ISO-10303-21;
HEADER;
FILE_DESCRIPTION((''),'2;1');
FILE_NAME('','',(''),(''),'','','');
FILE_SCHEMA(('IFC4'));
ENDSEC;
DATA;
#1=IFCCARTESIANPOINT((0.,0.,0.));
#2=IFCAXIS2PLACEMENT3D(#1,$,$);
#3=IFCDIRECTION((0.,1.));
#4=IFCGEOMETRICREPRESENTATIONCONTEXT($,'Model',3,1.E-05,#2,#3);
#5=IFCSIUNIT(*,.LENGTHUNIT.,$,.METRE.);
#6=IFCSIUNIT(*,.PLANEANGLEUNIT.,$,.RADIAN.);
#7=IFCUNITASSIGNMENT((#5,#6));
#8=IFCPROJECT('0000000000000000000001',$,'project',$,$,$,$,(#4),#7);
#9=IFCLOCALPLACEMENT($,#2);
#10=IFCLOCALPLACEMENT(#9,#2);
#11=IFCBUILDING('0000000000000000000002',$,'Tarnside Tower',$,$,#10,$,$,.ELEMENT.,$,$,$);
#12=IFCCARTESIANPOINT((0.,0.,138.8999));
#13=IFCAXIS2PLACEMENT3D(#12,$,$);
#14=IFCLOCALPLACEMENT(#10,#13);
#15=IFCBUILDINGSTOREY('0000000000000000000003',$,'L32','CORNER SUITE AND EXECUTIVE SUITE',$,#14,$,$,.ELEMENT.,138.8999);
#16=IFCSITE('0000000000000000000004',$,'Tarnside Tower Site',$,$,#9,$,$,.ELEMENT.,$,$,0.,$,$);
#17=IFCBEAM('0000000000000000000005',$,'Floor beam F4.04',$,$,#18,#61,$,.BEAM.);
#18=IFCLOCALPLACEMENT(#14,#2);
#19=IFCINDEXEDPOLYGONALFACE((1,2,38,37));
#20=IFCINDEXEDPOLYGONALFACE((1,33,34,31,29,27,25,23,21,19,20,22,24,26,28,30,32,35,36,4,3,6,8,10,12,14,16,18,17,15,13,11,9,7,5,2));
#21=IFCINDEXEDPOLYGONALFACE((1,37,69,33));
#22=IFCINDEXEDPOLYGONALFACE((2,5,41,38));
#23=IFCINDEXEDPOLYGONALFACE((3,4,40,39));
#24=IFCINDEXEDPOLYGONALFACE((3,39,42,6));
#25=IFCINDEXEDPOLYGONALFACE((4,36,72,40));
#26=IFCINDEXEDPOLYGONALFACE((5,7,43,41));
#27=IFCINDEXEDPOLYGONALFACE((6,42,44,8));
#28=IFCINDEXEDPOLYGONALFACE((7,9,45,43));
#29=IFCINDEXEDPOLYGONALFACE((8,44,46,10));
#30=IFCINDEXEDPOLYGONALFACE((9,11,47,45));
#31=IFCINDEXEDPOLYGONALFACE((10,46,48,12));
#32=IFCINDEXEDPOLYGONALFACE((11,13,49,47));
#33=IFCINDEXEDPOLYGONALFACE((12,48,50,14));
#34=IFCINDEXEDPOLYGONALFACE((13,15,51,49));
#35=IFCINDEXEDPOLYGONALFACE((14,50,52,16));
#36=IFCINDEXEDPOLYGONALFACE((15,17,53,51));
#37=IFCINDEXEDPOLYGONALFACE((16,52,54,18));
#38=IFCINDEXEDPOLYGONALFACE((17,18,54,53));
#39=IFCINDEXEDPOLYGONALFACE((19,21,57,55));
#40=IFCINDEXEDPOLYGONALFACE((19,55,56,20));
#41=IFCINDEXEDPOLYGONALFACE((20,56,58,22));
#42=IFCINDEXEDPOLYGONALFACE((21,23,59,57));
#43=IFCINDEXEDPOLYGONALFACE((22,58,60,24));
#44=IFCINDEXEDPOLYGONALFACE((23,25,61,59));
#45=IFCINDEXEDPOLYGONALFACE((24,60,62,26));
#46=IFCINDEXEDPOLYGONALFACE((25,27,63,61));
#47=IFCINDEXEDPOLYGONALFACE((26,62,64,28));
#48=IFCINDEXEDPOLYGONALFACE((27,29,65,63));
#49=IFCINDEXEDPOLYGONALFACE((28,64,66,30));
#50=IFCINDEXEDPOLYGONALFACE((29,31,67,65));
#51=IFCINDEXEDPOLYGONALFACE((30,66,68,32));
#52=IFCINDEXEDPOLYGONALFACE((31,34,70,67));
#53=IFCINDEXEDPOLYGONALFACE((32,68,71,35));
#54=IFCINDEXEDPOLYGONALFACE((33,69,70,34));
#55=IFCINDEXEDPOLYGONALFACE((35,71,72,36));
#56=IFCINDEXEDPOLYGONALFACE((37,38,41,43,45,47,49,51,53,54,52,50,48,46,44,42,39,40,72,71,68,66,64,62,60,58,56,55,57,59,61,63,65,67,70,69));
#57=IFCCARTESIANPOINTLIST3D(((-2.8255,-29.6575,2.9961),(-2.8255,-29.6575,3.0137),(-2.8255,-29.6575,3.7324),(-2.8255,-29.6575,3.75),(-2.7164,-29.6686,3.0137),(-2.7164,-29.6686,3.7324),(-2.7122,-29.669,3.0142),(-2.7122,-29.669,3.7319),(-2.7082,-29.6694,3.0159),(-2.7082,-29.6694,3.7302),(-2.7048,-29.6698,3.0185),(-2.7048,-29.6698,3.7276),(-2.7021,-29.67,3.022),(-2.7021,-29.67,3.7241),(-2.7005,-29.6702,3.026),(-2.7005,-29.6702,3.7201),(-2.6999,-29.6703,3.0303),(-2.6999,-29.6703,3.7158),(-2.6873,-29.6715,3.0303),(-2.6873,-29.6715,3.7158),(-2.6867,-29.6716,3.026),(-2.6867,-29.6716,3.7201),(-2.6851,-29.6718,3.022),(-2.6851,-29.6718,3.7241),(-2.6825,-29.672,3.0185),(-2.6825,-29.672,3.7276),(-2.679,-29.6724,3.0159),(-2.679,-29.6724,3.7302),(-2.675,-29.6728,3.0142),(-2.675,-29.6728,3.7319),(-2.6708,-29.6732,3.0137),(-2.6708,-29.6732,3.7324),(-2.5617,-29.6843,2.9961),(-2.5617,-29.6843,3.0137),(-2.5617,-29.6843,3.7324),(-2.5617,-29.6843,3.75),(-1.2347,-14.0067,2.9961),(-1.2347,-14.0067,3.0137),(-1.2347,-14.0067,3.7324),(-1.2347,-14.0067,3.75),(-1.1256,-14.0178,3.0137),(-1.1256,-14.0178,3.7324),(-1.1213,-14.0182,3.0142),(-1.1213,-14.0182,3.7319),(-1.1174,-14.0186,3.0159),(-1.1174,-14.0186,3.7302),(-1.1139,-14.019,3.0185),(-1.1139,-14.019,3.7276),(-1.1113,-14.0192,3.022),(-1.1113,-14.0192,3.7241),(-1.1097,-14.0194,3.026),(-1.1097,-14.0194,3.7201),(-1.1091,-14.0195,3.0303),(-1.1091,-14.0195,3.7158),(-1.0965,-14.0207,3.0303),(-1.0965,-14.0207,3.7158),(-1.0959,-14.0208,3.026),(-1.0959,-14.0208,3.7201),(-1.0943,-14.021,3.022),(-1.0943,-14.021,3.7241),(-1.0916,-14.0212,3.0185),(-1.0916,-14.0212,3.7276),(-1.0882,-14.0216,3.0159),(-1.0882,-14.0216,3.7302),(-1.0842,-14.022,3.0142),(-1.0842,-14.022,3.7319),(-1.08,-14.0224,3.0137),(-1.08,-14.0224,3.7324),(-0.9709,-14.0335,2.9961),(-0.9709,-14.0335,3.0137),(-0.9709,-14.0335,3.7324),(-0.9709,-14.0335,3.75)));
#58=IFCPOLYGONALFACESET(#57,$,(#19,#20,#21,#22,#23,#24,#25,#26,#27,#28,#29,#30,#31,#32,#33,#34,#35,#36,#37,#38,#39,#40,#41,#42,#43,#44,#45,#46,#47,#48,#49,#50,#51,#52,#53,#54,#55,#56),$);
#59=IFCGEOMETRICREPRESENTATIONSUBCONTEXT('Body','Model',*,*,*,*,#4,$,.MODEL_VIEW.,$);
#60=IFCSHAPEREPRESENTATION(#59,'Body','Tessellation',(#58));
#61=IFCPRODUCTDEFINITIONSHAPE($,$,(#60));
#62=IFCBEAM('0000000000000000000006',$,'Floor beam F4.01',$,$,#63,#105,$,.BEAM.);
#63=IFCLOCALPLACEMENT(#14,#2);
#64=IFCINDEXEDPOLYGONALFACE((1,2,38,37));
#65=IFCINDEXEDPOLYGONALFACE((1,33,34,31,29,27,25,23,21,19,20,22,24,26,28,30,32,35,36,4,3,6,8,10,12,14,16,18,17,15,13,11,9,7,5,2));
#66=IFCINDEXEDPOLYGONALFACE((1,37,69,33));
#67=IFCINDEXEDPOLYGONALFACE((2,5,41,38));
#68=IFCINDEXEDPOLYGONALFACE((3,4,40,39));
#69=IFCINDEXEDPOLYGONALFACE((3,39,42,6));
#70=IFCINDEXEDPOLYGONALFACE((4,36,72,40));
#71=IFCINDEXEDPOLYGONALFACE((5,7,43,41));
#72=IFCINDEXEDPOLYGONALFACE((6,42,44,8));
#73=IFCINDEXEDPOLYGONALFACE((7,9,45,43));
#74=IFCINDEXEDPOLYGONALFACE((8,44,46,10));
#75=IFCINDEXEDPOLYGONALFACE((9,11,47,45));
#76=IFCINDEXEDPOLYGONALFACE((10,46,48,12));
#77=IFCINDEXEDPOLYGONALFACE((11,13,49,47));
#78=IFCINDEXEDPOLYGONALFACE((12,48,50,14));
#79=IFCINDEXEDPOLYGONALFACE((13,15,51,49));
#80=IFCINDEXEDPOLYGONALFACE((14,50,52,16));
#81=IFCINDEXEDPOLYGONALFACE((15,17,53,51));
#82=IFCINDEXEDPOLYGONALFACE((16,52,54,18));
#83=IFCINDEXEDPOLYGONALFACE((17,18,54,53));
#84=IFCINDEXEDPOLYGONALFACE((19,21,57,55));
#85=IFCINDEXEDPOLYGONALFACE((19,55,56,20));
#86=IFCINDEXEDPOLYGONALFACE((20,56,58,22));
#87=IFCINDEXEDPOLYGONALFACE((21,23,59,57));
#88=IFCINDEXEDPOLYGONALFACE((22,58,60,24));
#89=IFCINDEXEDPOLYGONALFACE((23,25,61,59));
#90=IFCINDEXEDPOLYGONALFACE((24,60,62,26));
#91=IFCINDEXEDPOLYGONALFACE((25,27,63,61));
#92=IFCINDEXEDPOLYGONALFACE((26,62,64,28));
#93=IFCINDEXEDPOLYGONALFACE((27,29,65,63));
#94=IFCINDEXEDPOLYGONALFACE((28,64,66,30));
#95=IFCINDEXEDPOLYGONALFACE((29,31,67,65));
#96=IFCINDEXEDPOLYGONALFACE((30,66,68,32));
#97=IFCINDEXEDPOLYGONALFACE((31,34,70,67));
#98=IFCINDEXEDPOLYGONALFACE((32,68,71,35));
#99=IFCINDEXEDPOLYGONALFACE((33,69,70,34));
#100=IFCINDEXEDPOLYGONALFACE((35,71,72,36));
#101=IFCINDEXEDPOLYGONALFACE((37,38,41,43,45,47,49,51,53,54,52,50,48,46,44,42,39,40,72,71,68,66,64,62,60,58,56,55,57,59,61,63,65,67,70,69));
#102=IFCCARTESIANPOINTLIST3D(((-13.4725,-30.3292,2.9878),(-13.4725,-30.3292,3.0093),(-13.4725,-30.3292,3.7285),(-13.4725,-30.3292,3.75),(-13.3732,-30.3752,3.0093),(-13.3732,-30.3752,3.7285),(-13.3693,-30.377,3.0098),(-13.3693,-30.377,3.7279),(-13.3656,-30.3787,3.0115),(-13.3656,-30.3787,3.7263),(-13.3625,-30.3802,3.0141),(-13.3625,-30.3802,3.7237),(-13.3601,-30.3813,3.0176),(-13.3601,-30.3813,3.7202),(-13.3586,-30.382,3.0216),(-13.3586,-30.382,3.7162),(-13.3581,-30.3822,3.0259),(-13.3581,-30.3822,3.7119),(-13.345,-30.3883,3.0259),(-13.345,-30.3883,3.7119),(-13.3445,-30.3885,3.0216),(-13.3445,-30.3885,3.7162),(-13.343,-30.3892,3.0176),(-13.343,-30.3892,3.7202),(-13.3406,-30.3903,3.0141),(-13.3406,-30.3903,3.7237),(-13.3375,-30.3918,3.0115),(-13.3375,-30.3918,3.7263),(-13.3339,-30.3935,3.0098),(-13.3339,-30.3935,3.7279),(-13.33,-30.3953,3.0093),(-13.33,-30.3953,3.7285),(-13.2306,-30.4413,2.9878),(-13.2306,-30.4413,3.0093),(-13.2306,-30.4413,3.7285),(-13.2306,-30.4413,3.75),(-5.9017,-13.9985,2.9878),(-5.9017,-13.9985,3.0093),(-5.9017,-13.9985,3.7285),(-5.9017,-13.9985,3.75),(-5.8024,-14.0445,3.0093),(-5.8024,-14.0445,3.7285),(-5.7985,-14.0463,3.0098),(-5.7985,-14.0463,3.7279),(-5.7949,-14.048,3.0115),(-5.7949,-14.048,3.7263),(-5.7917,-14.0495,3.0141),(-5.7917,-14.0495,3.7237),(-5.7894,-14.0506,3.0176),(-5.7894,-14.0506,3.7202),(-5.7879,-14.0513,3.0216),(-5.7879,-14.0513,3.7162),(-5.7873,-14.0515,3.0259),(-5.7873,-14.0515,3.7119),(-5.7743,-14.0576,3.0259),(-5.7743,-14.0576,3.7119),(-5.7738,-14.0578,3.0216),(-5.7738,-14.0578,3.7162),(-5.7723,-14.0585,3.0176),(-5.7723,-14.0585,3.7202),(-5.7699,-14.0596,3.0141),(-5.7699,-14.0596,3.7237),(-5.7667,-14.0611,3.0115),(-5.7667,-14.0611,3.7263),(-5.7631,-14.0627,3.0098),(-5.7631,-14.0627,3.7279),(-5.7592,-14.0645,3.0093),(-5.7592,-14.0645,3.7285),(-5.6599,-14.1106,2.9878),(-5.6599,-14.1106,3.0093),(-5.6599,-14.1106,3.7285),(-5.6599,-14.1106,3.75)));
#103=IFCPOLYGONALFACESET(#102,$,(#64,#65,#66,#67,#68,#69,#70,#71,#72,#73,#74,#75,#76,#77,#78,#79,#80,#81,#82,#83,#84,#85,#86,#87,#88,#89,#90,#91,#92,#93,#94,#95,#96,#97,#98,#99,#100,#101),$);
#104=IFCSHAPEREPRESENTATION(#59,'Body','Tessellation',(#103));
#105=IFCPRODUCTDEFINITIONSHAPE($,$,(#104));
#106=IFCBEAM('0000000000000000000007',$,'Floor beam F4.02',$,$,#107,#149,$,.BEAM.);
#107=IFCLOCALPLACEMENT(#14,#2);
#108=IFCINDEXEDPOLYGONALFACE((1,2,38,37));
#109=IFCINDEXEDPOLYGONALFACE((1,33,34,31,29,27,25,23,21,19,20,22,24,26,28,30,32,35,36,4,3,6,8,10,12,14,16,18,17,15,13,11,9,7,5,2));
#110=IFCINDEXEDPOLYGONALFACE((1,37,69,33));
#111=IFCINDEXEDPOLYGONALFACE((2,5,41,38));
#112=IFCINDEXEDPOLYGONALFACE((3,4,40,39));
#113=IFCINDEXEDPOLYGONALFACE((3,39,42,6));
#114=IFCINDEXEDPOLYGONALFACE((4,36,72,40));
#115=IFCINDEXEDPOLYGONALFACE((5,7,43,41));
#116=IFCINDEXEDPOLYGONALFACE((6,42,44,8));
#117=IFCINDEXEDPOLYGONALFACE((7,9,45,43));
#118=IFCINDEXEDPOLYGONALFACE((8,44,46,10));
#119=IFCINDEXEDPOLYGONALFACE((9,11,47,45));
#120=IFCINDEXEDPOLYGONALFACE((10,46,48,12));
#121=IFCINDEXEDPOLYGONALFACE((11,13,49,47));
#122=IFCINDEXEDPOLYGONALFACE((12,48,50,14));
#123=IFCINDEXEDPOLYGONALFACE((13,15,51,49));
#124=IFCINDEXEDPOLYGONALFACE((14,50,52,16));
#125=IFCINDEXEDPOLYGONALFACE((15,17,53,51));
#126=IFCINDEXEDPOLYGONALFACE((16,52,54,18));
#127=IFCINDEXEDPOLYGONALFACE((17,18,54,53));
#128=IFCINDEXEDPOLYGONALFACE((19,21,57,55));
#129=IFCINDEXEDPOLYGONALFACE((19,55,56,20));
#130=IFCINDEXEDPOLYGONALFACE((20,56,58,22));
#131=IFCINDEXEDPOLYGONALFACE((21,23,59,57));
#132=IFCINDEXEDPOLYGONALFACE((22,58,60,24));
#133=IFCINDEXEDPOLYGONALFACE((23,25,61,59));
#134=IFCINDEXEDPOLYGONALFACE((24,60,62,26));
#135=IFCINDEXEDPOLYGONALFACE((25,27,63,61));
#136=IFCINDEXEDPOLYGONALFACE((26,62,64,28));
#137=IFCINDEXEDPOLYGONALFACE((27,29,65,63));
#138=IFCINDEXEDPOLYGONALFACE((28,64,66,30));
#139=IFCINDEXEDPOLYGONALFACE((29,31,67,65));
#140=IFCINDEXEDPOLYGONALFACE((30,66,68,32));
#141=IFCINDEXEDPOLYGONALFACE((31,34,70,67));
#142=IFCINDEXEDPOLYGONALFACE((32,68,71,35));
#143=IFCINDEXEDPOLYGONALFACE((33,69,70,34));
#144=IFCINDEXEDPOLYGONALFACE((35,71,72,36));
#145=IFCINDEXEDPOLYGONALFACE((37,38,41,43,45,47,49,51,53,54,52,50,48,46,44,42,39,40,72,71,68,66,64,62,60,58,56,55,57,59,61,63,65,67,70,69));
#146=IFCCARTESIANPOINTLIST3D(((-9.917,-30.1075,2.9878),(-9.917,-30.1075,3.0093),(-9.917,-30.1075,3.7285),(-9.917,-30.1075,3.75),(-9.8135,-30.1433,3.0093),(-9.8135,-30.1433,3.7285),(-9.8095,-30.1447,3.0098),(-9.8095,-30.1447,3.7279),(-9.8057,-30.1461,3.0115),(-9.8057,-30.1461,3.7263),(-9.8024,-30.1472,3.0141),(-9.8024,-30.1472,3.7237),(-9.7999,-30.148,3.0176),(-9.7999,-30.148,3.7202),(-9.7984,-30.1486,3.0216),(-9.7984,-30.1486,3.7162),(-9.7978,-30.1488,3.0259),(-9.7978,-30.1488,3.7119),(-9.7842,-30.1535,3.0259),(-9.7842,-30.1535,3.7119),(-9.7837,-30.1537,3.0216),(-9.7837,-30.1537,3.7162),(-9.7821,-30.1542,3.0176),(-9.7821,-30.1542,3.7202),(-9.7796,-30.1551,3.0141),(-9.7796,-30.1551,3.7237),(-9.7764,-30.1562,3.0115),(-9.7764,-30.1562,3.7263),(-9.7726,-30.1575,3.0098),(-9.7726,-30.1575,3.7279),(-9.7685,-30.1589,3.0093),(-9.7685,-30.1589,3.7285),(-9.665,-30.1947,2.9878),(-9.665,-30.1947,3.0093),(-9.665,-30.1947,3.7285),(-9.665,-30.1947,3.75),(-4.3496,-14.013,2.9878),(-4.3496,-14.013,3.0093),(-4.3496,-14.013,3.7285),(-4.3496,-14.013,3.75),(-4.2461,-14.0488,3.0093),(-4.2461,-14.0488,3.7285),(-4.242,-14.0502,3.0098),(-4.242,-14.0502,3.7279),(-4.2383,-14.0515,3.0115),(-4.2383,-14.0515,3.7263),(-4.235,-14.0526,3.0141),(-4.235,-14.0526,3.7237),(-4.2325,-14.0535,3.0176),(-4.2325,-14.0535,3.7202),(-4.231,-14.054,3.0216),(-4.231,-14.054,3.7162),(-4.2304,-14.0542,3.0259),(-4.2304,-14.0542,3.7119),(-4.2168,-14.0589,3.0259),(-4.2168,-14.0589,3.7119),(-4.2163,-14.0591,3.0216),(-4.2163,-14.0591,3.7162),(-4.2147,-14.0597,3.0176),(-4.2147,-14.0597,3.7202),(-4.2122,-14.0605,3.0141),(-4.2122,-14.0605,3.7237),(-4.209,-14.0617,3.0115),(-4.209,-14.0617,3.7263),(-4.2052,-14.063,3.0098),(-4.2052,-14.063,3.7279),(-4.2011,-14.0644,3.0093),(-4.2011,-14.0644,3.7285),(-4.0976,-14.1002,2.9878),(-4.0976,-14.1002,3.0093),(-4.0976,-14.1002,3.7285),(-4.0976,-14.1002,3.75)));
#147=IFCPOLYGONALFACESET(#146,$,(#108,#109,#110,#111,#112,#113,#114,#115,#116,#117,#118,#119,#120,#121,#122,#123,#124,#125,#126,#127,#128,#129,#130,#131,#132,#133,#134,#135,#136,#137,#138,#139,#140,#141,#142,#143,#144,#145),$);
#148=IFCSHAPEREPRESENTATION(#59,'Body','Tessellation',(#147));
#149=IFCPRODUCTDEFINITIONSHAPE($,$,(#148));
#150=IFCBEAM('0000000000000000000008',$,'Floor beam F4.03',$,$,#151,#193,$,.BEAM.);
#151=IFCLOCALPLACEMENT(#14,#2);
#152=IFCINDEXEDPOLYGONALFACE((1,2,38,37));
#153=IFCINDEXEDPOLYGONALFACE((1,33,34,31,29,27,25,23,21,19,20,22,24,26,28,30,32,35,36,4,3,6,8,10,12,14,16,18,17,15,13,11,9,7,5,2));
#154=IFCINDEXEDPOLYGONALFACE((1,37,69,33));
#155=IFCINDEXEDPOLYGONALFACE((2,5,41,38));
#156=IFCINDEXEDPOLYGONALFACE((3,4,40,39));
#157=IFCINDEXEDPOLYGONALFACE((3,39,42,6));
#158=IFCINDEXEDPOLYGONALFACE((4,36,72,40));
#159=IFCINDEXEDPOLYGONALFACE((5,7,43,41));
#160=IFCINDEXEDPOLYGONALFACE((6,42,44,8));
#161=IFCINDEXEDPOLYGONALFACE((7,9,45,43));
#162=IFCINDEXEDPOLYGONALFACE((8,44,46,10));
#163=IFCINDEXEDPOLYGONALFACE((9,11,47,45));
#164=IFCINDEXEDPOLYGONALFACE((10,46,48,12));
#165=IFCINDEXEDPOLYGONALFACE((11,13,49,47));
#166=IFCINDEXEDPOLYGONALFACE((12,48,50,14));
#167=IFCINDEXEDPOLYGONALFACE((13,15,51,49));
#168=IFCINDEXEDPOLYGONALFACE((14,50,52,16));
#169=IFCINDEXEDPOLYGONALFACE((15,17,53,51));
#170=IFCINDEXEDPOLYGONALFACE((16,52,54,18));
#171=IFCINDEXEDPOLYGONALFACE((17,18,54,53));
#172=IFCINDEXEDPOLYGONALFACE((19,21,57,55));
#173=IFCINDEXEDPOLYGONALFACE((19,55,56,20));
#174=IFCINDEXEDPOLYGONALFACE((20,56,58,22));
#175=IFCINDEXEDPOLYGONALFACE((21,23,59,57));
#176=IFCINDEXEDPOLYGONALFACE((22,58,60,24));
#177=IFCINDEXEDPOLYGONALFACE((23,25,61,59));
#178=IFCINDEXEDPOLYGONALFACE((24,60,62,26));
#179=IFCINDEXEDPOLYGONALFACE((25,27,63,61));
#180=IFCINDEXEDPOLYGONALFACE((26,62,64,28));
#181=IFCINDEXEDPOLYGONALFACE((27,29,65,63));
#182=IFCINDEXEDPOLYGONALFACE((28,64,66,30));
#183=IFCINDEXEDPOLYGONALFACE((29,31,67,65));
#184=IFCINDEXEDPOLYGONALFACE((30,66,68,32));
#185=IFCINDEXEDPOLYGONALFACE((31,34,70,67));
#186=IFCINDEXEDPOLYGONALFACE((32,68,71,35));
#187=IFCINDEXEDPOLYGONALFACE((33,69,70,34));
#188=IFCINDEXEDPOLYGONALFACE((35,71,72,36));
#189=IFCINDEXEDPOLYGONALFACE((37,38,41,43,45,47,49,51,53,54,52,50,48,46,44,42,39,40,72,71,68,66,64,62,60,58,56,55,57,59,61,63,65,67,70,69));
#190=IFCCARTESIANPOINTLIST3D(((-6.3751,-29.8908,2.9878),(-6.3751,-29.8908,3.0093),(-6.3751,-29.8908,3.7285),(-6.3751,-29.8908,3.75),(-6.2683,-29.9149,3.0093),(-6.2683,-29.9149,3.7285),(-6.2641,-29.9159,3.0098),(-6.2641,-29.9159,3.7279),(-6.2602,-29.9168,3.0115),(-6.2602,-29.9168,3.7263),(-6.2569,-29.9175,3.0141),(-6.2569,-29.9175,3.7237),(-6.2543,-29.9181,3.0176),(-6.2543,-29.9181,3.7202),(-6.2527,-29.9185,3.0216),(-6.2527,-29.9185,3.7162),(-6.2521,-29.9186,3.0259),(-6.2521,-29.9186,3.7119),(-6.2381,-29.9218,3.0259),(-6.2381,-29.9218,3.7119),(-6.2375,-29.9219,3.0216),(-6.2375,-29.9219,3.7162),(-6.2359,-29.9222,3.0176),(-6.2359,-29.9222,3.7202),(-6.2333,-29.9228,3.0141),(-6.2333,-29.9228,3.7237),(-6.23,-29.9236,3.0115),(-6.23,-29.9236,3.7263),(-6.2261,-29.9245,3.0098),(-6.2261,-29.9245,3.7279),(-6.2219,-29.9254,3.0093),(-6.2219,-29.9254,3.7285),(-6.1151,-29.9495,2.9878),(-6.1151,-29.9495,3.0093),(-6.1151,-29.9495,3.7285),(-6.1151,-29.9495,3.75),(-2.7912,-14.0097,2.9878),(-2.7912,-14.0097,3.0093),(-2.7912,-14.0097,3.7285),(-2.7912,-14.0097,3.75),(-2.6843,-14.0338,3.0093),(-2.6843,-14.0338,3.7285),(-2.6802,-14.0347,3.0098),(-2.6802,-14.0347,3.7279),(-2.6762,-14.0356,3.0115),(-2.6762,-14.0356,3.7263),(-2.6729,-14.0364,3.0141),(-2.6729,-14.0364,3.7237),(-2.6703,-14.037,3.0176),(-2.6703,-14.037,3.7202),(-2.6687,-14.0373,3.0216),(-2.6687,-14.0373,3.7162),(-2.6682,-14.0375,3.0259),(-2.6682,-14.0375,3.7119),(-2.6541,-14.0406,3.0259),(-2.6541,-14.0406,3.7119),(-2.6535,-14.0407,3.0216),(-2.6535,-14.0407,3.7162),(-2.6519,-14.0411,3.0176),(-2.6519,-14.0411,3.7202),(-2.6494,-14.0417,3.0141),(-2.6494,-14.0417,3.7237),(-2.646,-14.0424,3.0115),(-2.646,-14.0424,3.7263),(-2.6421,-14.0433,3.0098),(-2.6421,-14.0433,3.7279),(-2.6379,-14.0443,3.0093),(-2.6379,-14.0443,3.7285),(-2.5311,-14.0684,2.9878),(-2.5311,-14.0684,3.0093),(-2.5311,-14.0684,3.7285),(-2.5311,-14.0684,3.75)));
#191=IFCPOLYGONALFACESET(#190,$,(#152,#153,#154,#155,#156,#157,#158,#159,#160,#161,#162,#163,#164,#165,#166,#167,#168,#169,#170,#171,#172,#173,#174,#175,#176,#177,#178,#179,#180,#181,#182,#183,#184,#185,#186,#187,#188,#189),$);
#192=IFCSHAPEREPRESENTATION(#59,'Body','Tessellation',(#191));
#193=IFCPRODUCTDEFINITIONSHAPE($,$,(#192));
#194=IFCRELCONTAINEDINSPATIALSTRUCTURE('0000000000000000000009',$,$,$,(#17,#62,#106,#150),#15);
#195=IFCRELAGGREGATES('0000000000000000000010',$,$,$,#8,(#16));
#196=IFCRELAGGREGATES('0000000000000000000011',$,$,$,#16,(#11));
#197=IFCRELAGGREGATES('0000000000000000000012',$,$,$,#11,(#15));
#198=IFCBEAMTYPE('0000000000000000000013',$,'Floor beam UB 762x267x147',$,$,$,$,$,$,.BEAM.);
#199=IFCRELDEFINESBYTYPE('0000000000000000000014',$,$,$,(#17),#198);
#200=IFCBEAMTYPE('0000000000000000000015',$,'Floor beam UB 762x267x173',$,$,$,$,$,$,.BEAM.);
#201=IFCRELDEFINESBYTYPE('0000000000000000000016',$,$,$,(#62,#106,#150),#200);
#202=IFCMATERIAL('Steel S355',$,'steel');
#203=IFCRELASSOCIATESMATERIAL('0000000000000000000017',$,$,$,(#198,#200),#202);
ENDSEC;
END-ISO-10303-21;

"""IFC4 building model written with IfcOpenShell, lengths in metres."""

from ifc_helpers import new_model, si_unit, direction, frame, origin, origin_2d, place, context, subcontext, project, spatial, i_section, extrude, material, material_profile, profile_set, type_object, element, save


model = new_model("IFC4")

# Units and contexts
model_context = context("Model", 3, precision=1e-05, world=origin(), true_north=direction((0.0, 1.0)))
body_context = subcontext(model_context, "Body", "Model", "MODEL_VIEW")
ifc_project = project(units=[si_unit("LENGTHUNIT", "METRE"), si_unit("PLANEANGLEUNIT", "RADIAN")], contexts=[model_context])

# Site, building, storey
site_placement = place(None, origin())
site = spatial("IfcSite", under=ifc_project, at=site_placement, Name="Tarnside Tower Site", CompositionType="ELEMENT", RefElevation=0.0)
building_placement = place(site_placement, origin())
building = spatial("IfcBuilding", under=site, at=building_placement, Name="Tarnside Tower", CompositionType="ELEMENT")
storey_placement = place(building_placement, frame((0.0, 0.0, 138.8999)))
storey = spatial("IfcBuildingStorey", under=building, at=storey_placement, Name="L32", Description="CORNER SUITE AND EXECUTIVE SUITE", CompositionType="ELEMENT", Elevation=138.8999)

# Beams
ifc_material_1 = material(Name="Steel S355", Category="steel")
ifc_material_profile_1 = material_profile(ifc_material_1, i_section(OverallWidth=0.2651, OverallDepth=0.7539, WebThickness=0.0127, FlangeThickness=0.0176, FilletRadius=0.0166, at=origin_2d()), Name="UB 762x267x147")
ifc_profile_set_1 = profile_set([ifc_material_profile_1], Name="Steel S355")
beam_type_1 = type_object("IfcBeamType", Name="Floor beam UB 762x267x147", PredefinedType="BEAM", material=ifc_profile_set_1)
beam_1_placement = place(storey_placement, frame((-2.6936, -29.6709, 3.373), z_axis=(0.101123, 0.994874, 0.0), x_axis=(-0.994874, 0.101123, 0.0)))
element("IfcBeam", 1, at=beam_1_placement, inside=storey, type_object=beam_type_1, Name="Floor beam F4.04", PredefinedType="BEAM", context=body_context, shape_type="SweptSolid", body=[
    extrude(i_section(OverallWidth=0.2651, OverallDepth=0.7539, WebThickness=0.0127, FlangeThickness=0.0176, FilletRadius=0.0166, at=origin_2d()), origin(), (0.0, 0.0, 1.0), 15.7314),
])
ifc_material_profile_2 = material_profile(ifc_material_1, i_section(OverallWidth=0.2666, OverallDepth=0.7622, WebThickness=0.0144, FlangeThickness=0.0215, FilletRadius=0.0166, at=origin_2d()), Name="UB 762x267x173")
ifc_profile_set_2 = profile_set([ifc_material_profile_2], Name="Steel S355")
beam_type_2 = type_object("IfcBeamType", Name="Floor beam UB 762x267x173", PredefinedType="BEAM", material=ifc_profile_set_2)
beam_2_placement = place(storey_placement, frame((-13.3516, -30.3853, 3.3689), z_axis=(0.420592, 0.90725, 0.0), x_axis=(-0.90725, 0.420592, 0.0)))
element("IfcBeam", 2, at=beam_2_placement, inside=storey, type_object=beam_type_2, Name="Floor beam F4.01", PredefinedType="BEAM", context=body_context, shape_type="SweptSolid", body=[
    extrude(i_section(OverallWidth=0.2666, OverallDepth=0.7622, WebThickness=0.0144, FlangeThickness=0.0215, FilletRadius=0.0166, at=origin_2d()), origin(), (0.0, 0.0, 1.0), 18.0002),
])
beam_3_placement = place(storey_placement, frame((-9.791, -30.1511, 3.3689), z_axis=(0.326912, 0.945055, 0.0), x_axis=(-0.945055, 0.326912, 0.0)))
element("IfcBeam", 3, at=beam_3_placement, inside=storey, type_object=beam_type_2, Name="Floor beam F4.02", PredefinedType="BEAM", context=body_context, shape_type="SweptSolid", body=[
    extrude(i_section(OverallWidth=0.2666, OverallDepth=0.7622, WebThickness=0.0144, FlangeThickness=0.0215, FilletRadius=0.0166, at=origin_2d()), origin(), (0.0, 0.0, 1.0), 17.0303),
])
beam_4_placement = place(storey_placement, frame((-6.2451, -29.9202, 3.3689), z_axis=(0.22014, 0.975468, 0.0), x_axis=(-0.975468, 0.22014, 0.0)))
element("IfcBeam", 4, at=beam_4_placement, inside=storey, type_object=beam_type_2, Name="Floor beam F4.03", PredefinedType="BEAM", context=body_context, shape_type="SweptSolid", body=[
    extrude(i_section(OverallWidth=0.2666, OverallDepth=0.7622, WebThickness=0.0144, FlangeThickness=0.0215, FilletRadius=0.0166, at=origin_2d()), origin(), (0.0, 0.0, 1.0), 16.2805),
])

save(model, "model.ifc")
